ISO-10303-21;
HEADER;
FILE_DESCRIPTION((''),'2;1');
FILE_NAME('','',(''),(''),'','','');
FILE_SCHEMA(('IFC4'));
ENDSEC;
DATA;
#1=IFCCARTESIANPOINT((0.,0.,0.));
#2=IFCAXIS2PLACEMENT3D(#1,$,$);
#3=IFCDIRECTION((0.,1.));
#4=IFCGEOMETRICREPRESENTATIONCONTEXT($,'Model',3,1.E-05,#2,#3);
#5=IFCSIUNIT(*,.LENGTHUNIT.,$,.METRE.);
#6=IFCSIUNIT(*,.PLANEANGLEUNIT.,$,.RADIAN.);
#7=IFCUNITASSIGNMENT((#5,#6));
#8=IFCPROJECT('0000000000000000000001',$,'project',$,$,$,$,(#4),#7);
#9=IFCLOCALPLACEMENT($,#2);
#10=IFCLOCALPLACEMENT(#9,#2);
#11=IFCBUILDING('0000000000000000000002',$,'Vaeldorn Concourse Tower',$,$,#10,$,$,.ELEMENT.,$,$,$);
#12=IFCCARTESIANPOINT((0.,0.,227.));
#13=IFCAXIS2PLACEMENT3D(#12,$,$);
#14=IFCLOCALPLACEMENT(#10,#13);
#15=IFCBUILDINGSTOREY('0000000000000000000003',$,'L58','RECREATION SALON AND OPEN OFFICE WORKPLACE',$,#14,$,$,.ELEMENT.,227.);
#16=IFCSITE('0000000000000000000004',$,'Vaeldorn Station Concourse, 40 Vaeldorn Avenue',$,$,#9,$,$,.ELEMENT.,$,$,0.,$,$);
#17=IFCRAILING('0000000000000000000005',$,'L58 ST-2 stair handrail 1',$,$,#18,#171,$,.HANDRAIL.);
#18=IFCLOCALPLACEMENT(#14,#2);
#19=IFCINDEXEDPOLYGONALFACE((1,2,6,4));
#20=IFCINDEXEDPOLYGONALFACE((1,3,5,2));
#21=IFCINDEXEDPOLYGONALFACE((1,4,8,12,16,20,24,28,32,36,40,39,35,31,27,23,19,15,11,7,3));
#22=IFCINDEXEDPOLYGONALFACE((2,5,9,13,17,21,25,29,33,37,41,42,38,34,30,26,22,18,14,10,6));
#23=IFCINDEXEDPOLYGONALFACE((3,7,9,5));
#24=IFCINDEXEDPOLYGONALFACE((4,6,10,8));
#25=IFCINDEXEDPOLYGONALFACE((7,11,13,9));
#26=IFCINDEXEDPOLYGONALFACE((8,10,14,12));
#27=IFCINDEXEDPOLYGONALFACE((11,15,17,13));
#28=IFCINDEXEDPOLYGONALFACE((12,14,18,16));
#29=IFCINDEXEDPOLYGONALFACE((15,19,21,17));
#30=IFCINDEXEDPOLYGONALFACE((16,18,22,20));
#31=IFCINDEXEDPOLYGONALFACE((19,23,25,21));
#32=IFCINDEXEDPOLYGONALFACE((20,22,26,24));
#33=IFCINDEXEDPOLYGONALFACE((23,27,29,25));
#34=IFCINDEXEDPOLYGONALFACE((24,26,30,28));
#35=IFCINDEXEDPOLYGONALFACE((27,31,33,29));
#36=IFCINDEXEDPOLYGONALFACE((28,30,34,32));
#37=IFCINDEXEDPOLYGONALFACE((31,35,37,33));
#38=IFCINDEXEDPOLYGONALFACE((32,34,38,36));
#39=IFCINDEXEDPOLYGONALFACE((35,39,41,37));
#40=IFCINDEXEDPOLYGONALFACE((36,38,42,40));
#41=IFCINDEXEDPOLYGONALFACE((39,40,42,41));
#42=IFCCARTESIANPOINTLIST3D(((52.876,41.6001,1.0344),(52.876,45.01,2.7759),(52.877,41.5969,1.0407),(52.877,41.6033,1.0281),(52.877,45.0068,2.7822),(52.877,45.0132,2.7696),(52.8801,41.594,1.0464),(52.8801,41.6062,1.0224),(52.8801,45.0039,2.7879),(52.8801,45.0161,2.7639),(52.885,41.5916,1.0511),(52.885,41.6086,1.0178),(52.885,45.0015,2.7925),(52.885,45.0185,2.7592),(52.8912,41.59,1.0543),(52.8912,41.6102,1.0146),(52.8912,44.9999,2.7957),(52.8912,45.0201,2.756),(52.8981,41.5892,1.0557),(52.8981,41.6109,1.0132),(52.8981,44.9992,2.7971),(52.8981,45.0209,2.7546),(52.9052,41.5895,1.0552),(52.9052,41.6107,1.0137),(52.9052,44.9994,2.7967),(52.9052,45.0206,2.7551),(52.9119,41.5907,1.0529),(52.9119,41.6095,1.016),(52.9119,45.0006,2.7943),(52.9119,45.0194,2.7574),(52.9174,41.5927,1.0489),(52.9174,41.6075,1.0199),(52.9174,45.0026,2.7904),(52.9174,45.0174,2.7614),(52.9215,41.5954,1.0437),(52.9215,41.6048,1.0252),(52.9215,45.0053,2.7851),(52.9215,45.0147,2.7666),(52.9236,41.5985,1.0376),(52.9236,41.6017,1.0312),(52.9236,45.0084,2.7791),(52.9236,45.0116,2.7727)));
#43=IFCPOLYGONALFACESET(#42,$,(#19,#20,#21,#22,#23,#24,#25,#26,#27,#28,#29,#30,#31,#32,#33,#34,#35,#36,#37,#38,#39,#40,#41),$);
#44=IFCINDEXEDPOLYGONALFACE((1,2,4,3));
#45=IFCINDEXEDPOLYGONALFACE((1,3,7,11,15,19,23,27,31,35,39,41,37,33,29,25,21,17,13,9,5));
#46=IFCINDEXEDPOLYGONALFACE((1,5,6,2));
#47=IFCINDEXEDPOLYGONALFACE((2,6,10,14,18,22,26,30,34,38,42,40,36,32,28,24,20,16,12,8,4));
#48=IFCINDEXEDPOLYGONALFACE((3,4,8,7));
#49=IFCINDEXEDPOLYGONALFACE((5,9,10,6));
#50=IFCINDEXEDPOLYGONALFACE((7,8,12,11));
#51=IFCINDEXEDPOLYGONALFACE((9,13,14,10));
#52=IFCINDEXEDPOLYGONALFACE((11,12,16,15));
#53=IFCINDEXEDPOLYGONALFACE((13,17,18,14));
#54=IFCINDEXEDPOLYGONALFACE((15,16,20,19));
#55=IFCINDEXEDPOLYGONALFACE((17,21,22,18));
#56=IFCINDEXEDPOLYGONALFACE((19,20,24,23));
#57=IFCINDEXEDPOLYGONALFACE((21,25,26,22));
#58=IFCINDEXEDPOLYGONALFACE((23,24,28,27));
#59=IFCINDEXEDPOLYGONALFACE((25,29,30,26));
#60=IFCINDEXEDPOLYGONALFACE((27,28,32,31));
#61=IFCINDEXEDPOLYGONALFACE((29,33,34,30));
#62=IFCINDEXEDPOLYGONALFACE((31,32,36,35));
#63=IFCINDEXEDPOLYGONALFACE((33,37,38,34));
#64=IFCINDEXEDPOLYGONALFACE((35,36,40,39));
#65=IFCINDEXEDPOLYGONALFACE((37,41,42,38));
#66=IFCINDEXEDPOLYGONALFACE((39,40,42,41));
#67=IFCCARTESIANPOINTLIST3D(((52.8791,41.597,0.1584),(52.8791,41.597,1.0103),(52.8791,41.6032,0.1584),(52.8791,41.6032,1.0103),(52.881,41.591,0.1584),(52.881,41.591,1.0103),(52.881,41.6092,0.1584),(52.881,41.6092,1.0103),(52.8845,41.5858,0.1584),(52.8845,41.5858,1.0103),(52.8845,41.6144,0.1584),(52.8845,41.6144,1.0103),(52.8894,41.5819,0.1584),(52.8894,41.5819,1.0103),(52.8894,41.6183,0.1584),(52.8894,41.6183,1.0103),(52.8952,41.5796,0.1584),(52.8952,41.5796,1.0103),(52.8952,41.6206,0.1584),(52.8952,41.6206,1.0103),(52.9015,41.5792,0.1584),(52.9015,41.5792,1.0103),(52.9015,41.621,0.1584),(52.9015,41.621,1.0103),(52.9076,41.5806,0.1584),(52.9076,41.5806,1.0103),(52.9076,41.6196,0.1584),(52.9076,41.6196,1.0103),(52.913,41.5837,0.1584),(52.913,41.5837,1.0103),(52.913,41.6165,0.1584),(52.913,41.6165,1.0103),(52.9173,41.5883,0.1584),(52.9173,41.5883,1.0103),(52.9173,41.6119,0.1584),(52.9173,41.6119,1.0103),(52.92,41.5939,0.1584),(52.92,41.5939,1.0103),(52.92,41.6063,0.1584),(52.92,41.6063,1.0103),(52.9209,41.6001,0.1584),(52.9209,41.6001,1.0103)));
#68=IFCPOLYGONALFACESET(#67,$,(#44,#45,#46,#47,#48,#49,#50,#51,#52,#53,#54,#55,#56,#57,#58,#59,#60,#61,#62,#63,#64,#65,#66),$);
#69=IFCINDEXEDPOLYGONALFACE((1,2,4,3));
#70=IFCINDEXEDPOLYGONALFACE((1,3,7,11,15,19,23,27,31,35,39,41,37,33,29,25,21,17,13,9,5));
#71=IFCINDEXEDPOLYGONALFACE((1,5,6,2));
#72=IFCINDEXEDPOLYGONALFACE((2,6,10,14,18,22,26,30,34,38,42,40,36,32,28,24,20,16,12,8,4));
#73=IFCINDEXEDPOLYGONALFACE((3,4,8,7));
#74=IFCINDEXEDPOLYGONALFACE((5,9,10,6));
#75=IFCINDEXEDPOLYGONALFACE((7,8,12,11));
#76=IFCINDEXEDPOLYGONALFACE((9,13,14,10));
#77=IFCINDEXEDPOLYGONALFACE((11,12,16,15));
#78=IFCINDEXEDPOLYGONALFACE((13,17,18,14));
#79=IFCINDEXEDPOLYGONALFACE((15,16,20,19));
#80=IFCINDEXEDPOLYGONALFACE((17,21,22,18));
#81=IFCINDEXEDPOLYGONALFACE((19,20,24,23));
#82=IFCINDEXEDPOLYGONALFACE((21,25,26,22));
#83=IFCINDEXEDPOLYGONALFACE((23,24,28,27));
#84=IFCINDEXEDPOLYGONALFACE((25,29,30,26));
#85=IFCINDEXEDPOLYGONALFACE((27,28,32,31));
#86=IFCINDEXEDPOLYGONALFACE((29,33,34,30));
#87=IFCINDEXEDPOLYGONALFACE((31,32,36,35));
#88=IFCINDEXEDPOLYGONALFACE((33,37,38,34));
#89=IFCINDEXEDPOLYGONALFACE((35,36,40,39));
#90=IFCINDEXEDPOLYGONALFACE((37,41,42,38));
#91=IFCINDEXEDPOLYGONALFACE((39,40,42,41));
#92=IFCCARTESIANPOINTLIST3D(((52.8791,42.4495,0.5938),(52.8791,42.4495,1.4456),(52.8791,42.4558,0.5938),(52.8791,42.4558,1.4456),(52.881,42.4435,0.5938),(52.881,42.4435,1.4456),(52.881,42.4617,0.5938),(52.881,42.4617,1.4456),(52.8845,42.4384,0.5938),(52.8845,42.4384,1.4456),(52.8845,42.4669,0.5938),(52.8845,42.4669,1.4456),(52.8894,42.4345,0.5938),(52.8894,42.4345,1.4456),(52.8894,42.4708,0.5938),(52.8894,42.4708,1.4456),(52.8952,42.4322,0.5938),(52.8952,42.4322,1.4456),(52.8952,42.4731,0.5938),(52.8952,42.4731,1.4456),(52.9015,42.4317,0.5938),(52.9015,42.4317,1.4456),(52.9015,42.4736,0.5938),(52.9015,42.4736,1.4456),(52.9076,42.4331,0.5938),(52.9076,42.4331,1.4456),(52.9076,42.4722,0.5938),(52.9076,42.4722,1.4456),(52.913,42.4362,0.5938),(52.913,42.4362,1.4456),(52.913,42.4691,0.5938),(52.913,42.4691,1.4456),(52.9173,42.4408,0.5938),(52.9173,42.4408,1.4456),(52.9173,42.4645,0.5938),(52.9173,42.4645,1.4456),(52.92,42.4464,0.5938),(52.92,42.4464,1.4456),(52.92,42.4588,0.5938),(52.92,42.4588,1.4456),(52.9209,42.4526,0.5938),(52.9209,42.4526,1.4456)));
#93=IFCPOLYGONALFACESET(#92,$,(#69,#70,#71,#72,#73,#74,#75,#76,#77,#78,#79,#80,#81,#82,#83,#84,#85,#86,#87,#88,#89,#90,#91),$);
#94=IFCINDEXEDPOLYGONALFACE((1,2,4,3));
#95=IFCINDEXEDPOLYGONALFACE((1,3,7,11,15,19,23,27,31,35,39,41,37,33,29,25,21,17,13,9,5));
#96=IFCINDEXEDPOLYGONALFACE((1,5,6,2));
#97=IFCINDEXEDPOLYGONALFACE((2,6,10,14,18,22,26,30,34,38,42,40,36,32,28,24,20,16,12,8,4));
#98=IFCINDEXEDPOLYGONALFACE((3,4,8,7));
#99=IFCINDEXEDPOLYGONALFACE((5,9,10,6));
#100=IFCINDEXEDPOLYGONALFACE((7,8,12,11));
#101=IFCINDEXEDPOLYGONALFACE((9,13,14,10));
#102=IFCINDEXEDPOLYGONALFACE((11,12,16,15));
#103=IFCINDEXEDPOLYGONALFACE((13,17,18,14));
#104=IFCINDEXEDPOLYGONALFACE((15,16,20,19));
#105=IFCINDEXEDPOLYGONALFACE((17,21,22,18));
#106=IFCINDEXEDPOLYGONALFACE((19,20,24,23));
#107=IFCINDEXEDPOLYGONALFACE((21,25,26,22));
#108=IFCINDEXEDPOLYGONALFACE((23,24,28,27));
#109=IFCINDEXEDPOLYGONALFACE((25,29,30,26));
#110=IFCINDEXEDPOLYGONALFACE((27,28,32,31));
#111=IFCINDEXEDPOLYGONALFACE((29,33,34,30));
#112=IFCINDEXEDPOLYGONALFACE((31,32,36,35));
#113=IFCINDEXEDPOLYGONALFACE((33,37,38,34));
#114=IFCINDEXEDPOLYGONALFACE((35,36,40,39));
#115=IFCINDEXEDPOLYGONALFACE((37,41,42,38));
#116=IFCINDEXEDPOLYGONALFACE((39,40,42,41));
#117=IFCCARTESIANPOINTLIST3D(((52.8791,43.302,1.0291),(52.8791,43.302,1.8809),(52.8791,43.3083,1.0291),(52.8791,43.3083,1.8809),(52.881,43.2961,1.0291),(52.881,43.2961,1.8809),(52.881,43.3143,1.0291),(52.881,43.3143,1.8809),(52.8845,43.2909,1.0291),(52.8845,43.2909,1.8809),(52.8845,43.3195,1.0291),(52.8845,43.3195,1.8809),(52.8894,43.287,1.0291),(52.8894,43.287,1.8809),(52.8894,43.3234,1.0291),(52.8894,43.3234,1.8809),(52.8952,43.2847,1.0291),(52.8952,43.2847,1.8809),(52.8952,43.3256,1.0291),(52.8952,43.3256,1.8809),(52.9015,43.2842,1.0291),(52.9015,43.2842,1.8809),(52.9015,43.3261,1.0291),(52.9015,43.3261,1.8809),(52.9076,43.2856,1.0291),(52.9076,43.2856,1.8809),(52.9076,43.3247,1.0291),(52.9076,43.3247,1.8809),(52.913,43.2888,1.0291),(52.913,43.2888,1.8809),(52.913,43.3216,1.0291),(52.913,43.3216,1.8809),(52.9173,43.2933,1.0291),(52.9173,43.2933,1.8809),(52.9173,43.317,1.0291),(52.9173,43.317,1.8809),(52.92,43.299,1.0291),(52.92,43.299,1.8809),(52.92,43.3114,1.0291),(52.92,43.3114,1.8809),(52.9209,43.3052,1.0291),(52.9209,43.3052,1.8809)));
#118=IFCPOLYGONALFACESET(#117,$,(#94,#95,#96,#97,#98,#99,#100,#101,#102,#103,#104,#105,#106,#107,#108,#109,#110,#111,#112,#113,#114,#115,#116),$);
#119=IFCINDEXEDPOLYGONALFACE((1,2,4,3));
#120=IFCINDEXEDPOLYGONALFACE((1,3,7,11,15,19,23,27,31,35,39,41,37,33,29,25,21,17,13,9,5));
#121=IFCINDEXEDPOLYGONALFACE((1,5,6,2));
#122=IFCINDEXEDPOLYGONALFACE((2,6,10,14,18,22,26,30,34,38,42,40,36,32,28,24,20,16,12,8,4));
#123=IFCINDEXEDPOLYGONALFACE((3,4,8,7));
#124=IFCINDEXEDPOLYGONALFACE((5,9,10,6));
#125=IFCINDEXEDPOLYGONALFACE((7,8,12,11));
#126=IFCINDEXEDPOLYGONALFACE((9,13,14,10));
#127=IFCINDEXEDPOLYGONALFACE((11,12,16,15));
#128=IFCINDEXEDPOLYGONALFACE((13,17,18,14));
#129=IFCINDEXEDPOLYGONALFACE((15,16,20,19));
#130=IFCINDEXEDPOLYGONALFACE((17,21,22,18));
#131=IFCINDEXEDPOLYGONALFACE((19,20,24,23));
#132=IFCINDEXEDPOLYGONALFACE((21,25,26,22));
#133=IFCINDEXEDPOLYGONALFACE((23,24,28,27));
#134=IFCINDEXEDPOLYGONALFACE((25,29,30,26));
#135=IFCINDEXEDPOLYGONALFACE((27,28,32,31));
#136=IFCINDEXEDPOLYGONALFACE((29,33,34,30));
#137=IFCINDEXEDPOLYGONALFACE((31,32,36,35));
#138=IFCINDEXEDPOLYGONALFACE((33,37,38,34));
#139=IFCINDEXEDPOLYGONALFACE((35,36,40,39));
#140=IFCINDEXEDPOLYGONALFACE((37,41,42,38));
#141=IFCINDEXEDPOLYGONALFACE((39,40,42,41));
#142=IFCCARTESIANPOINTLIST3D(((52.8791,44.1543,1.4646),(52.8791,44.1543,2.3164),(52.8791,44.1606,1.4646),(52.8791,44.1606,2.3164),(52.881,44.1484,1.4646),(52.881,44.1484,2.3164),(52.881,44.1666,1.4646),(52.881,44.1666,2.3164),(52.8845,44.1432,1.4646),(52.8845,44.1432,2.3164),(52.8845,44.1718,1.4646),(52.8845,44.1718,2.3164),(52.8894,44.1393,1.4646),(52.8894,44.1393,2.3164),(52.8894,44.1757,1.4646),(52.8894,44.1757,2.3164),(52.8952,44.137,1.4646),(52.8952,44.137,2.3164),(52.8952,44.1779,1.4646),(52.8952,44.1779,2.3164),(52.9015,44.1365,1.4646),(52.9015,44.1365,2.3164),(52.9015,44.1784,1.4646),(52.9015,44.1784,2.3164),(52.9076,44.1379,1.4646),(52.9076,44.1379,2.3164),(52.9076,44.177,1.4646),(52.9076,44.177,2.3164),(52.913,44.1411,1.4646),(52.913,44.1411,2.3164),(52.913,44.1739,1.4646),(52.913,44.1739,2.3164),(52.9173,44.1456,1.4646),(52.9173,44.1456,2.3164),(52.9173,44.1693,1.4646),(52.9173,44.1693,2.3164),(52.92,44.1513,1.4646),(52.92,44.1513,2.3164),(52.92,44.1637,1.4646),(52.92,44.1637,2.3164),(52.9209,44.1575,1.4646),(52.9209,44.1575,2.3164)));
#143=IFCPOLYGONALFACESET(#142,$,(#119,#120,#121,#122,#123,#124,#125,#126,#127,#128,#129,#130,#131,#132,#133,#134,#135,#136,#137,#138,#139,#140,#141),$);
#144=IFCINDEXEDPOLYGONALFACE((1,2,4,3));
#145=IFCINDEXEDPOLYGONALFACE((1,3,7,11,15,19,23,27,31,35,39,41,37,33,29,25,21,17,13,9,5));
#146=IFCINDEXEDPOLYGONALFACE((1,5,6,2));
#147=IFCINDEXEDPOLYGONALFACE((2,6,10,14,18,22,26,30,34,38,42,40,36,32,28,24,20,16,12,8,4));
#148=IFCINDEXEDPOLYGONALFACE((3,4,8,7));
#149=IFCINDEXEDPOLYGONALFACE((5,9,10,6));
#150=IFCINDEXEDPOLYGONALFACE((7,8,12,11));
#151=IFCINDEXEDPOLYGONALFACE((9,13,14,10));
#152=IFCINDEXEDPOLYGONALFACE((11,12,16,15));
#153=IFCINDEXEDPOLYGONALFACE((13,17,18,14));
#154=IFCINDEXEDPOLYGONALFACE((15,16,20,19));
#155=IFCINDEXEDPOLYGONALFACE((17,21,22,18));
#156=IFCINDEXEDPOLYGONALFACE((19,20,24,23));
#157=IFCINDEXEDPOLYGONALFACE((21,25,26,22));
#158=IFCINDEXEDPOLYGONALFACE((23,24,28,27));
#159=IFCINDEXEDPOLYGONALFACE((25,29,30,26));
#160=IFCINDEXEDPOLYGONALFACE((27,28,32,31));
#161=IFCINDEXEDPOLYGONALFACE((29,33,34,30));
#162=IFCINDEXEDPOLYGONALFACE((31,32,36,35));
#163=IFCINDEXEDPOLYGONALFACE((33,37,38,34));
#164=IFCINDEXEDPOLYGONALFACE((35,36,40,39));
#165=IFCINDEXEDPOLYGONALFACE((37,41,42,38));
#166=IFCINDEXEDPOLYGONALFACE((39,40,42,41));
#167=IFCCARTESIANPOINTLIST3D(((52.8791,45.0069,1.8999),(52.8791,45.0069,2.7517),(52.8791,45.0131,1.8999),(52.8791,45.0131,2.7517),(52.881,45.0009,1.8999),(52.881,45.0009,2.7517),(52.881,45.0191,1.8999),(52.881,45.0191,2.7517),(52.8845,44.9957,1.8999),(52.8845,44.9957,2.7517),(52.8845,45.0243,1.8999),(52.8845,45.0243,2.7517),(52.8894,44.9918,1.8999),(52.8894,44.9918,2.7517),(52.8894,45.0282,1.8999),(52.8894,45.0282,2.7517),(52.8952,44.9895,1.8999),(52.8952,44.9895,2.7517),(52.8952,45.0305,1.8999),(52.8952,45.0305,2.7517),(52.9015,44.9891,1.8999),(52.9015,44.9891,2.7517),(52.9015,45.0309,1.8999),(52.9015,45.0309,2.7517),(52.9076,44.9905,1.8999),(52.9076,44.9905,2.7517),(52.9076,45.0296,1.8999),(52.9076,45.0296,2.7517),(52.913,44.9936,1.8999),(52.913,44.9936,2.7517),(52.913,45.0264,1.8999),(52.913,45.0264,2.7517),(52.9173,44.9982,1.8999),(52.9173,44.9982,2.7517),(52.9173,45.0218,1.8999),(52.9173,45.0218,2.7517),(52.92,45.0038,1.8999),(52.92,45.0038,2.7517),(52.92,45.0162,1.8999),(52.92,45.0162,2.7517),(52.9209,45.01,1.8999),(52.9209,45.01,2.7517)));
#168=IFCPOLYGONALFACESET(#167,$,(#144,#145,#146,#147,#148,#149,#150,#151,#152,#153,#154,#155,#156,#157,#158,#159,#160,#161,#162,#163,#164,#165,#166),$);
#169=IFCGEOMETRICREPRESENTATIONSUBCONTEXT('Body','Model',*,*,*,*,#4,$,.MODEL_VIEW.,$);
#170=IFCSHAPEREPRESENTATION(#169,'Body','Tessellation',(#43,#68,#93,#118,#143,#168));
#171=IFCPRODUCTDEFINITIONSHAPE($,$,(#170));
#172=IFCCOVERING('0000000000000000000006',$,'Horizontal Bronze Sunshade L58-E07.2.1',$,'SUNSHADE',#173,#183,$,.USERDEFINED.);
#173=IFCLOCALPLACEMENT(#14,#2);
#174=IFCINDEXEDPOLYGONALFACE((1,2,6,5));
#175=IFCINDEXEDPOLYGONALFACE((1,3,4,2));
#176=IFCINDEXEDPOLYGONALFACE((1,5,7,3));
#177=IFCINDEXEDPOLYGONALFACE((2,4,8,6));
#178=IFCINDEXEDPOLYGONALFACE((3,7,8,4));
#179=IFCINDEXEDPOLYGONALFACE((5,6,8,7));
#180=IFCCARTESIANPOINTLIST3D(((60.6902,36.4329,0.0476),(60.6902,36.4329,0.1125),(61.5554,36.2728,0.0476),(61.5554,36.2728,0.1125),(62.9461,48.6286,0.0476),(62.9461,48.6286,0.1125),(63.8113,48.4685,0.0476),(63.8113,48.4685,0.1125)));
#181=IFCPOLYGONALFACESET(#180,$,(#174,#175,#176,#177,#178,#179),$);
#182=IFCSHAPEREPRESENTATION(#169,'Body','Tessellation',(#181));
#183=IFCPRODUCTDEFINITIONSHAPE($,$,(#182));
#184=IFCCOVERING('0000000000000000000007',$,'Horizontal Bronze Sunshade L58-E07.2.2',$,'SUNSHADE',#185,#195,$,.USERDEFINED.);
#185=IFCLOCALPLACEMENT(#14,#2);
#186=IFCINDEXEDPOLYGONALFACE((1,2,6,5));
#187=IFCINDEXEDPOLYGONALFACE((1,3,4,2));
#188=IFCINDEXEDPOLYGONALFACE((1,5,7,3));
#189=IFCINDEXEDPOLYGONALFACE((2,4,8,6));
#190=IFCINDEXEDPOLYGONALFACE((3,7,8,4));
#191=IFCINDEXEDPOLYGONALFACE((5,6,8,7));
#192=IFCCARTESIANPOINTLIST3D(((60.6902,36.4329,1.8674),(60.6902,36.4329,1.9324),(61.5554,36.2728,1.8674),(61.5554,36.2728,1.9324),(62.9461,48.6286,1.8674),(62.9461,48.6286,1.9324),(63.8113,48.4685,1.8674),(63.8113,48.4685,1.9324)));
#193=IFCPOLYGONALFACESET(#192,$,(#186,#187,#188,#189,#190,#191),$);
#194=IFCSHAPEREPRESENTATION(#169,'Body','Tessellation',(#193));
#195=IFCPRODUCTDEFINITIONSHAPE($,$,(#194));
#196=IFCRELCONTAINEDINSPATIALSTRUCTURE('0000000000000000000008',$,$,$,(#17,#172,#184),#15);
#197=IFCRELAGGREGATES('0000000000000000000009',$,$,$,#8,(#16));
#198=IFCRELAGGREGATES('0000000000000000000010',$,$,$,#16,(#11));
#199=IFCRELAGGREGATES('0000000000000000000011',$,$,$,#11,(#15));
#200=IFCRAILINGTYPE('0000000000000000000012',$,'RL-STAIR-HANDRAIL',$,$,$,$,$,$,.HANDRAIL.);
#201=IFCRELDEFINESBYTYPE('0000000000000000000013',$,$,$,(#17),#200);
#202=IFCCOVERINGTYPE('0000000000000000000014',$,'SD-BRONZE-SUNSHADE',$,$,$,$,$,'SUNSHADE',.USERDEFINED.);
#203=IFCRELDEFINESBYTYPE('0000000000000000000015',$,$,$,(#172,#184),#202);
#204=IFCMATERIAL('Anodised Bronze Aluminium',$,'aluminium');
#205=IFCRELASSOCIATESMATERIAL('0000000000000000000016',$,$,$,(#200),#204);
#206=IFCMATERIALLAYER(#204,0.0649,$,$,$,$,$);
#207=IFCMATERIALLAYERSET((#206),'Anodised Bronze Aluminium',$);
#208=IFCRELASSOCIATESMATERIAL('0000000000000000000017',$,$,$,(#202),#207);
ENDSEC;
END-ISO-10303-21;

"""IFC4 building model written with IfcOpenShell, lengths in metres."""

from ifc_helpers import new_model, si_unit, direction, frame, origin, origin_2d, place, context, subcontext, project, spatial, rectangle, circle, extrude, source, transform, mapped, material, layer, layer_set, type_object, element, save


model = new_model("IFC4")

# Units and contexts
model_context = context("Model", 3, precision=1e-05, world=origin(), true_north=direction((0.0, 1.0)))
body_context = subcontext(model_context, "Body", "Model", "MODEL_VIEW")
ifc_project = project(units=[si_unit("LENGTHUNIT", "METRE"), si_unit("PLANEANGLEUNIT", "RADIAN")], contexts=[model_context])

# Site, building, storey
site_placement = place(None, origin())
site = spatial("IfcSite", under=ifc_project, at=site_placement, Name="Vaeldorn Station Concourse, 40 Vaeldorn Avenue", CompositionType="ELEMENT", RefElevation=0.0)
building_placement = place(site_placement, origin())
building = spatial("IfcBuilding", under=site, at=building_placement, Name="Vaeldorn Concourse Tower", CompositionType="ELEMENT")
storey_placement = place(building_placement, frame((0.0, 0.0, 227.0)))
storey = spatial("IfcBuildingStorey", under=building, at=storey_placement, Name="L58", Description="RECREATION SALON AND OPEN OFFICE WORKPLACE", CompositionType="ELEMENT", Elevation=227.0)

# Shared definitions
ifc_material_1 = material(Name="Anodised Bronze Aluminium", Category="aluminium")

# Railing
railing_type_1 = type_object("IfcRailingType", Name="RL-STAIR-HANDRAIL", PredefinedType="HANDRAIL", material=ifc_material_1)
railing_1_placement = place(storey_placement, frame((52.8999, 41.6001, 0.1584)))
element("IfcRailing", 1, at=railing_1_placement, inside=storey, type_object=railing_type_1, Name="L58 ST-2 stair handrail 1", PredefinedType="HANDRAIL", context=body_context, shape_type="SweptSolid", body=[
    extrude(circle(Radius=0.0239, at=origin_2d()), frame((0.0, 0.0, 0.876), z_axis=(0.0, 0.890582, 0.454823), x_axis=(-1.0, 0.0, 0.0)), (0.0, 0.0, 1.0), 3.8289),
    extrude(circle(Radius=0.021, at=origin_2d()), origin(), (0.0, 0.0, 1.0), 0.8518),
    extrude(circle(Radius=0.021, at=origin_2d()), frame((0.0, 0.8525, 0.4353)), (0.0, 0.0, 1.0), 0.8518),
    extrude(circle(Radius=0.021, at=origin_2d()), frame((0.0, 1.7051, 0.8706)), (0.0, 0.0, 1.0), 0.8518),
    extrude(circle(Radius=0.021, at=origin_2d()), frame((0.0, 2.5574, 1.3062)), (0.0, 0.0, 1.0), 0.8518),
    extrude(circle(Radius=0.021, at=origin_2d()), frame((0.0, 3.4099, 1.7415)), (0.0, 0.0, 1.0), 0.8518),
])

# Coverings
ifc_layer_1 = layer(ifc_material_1, 0.0649)
ifc_layer_set_1 = layer_set([ifc_layer_1], Name="Anodised Bronze Aluminium")
covering_type = type_object("IfcCoveringType", Name="SD-BRONZE-SUNSHADE", ElementType="SUNSHADE", PredefinedType="USERDEFINED", material=ifc_layer_set_1)
shared_shape_1 = source(origin(), body_context, "Body", "SweptSolid", [
    extrude(rectangle(XDim=12.4026, YDim=0.8799, at=origin_2d()), origin(), (0.0, 0.0, 1.0), 0.0649),
])
for number, where, z_axis, x_axis, name in (
    (2, (62.2507, 42.4507, 0.0476), (0.0, 0.0, 1.0), (0.181892, 0.983318, 0.0), "Horizontal Bronze Sunshade L58-E07.2.1"),
    (3, (62.2507, 42.4507, 1.8674), (0.0, 0.0, 1.0), (0.181892, 0.983318, 0.0), "Horizontal Bronze Sunshade L58-E07.2.2"),
):
    element("IfcCovering", number, at=place(storey_placement, frame(where, z_axis=z_axis, x_axis=x_axis)), inside=storey, type_object=covering_type, Name=name, ObjectType="SUNSHADE", PredefinedType="USERDEFINED", context=body_context, shape_type="MappedRepresentation", body=[
        mapped(shared_shape_1, transform((0.0, 0.0, 0.0), scale=1.0)),
    ])

save(model, "model.ifc")
